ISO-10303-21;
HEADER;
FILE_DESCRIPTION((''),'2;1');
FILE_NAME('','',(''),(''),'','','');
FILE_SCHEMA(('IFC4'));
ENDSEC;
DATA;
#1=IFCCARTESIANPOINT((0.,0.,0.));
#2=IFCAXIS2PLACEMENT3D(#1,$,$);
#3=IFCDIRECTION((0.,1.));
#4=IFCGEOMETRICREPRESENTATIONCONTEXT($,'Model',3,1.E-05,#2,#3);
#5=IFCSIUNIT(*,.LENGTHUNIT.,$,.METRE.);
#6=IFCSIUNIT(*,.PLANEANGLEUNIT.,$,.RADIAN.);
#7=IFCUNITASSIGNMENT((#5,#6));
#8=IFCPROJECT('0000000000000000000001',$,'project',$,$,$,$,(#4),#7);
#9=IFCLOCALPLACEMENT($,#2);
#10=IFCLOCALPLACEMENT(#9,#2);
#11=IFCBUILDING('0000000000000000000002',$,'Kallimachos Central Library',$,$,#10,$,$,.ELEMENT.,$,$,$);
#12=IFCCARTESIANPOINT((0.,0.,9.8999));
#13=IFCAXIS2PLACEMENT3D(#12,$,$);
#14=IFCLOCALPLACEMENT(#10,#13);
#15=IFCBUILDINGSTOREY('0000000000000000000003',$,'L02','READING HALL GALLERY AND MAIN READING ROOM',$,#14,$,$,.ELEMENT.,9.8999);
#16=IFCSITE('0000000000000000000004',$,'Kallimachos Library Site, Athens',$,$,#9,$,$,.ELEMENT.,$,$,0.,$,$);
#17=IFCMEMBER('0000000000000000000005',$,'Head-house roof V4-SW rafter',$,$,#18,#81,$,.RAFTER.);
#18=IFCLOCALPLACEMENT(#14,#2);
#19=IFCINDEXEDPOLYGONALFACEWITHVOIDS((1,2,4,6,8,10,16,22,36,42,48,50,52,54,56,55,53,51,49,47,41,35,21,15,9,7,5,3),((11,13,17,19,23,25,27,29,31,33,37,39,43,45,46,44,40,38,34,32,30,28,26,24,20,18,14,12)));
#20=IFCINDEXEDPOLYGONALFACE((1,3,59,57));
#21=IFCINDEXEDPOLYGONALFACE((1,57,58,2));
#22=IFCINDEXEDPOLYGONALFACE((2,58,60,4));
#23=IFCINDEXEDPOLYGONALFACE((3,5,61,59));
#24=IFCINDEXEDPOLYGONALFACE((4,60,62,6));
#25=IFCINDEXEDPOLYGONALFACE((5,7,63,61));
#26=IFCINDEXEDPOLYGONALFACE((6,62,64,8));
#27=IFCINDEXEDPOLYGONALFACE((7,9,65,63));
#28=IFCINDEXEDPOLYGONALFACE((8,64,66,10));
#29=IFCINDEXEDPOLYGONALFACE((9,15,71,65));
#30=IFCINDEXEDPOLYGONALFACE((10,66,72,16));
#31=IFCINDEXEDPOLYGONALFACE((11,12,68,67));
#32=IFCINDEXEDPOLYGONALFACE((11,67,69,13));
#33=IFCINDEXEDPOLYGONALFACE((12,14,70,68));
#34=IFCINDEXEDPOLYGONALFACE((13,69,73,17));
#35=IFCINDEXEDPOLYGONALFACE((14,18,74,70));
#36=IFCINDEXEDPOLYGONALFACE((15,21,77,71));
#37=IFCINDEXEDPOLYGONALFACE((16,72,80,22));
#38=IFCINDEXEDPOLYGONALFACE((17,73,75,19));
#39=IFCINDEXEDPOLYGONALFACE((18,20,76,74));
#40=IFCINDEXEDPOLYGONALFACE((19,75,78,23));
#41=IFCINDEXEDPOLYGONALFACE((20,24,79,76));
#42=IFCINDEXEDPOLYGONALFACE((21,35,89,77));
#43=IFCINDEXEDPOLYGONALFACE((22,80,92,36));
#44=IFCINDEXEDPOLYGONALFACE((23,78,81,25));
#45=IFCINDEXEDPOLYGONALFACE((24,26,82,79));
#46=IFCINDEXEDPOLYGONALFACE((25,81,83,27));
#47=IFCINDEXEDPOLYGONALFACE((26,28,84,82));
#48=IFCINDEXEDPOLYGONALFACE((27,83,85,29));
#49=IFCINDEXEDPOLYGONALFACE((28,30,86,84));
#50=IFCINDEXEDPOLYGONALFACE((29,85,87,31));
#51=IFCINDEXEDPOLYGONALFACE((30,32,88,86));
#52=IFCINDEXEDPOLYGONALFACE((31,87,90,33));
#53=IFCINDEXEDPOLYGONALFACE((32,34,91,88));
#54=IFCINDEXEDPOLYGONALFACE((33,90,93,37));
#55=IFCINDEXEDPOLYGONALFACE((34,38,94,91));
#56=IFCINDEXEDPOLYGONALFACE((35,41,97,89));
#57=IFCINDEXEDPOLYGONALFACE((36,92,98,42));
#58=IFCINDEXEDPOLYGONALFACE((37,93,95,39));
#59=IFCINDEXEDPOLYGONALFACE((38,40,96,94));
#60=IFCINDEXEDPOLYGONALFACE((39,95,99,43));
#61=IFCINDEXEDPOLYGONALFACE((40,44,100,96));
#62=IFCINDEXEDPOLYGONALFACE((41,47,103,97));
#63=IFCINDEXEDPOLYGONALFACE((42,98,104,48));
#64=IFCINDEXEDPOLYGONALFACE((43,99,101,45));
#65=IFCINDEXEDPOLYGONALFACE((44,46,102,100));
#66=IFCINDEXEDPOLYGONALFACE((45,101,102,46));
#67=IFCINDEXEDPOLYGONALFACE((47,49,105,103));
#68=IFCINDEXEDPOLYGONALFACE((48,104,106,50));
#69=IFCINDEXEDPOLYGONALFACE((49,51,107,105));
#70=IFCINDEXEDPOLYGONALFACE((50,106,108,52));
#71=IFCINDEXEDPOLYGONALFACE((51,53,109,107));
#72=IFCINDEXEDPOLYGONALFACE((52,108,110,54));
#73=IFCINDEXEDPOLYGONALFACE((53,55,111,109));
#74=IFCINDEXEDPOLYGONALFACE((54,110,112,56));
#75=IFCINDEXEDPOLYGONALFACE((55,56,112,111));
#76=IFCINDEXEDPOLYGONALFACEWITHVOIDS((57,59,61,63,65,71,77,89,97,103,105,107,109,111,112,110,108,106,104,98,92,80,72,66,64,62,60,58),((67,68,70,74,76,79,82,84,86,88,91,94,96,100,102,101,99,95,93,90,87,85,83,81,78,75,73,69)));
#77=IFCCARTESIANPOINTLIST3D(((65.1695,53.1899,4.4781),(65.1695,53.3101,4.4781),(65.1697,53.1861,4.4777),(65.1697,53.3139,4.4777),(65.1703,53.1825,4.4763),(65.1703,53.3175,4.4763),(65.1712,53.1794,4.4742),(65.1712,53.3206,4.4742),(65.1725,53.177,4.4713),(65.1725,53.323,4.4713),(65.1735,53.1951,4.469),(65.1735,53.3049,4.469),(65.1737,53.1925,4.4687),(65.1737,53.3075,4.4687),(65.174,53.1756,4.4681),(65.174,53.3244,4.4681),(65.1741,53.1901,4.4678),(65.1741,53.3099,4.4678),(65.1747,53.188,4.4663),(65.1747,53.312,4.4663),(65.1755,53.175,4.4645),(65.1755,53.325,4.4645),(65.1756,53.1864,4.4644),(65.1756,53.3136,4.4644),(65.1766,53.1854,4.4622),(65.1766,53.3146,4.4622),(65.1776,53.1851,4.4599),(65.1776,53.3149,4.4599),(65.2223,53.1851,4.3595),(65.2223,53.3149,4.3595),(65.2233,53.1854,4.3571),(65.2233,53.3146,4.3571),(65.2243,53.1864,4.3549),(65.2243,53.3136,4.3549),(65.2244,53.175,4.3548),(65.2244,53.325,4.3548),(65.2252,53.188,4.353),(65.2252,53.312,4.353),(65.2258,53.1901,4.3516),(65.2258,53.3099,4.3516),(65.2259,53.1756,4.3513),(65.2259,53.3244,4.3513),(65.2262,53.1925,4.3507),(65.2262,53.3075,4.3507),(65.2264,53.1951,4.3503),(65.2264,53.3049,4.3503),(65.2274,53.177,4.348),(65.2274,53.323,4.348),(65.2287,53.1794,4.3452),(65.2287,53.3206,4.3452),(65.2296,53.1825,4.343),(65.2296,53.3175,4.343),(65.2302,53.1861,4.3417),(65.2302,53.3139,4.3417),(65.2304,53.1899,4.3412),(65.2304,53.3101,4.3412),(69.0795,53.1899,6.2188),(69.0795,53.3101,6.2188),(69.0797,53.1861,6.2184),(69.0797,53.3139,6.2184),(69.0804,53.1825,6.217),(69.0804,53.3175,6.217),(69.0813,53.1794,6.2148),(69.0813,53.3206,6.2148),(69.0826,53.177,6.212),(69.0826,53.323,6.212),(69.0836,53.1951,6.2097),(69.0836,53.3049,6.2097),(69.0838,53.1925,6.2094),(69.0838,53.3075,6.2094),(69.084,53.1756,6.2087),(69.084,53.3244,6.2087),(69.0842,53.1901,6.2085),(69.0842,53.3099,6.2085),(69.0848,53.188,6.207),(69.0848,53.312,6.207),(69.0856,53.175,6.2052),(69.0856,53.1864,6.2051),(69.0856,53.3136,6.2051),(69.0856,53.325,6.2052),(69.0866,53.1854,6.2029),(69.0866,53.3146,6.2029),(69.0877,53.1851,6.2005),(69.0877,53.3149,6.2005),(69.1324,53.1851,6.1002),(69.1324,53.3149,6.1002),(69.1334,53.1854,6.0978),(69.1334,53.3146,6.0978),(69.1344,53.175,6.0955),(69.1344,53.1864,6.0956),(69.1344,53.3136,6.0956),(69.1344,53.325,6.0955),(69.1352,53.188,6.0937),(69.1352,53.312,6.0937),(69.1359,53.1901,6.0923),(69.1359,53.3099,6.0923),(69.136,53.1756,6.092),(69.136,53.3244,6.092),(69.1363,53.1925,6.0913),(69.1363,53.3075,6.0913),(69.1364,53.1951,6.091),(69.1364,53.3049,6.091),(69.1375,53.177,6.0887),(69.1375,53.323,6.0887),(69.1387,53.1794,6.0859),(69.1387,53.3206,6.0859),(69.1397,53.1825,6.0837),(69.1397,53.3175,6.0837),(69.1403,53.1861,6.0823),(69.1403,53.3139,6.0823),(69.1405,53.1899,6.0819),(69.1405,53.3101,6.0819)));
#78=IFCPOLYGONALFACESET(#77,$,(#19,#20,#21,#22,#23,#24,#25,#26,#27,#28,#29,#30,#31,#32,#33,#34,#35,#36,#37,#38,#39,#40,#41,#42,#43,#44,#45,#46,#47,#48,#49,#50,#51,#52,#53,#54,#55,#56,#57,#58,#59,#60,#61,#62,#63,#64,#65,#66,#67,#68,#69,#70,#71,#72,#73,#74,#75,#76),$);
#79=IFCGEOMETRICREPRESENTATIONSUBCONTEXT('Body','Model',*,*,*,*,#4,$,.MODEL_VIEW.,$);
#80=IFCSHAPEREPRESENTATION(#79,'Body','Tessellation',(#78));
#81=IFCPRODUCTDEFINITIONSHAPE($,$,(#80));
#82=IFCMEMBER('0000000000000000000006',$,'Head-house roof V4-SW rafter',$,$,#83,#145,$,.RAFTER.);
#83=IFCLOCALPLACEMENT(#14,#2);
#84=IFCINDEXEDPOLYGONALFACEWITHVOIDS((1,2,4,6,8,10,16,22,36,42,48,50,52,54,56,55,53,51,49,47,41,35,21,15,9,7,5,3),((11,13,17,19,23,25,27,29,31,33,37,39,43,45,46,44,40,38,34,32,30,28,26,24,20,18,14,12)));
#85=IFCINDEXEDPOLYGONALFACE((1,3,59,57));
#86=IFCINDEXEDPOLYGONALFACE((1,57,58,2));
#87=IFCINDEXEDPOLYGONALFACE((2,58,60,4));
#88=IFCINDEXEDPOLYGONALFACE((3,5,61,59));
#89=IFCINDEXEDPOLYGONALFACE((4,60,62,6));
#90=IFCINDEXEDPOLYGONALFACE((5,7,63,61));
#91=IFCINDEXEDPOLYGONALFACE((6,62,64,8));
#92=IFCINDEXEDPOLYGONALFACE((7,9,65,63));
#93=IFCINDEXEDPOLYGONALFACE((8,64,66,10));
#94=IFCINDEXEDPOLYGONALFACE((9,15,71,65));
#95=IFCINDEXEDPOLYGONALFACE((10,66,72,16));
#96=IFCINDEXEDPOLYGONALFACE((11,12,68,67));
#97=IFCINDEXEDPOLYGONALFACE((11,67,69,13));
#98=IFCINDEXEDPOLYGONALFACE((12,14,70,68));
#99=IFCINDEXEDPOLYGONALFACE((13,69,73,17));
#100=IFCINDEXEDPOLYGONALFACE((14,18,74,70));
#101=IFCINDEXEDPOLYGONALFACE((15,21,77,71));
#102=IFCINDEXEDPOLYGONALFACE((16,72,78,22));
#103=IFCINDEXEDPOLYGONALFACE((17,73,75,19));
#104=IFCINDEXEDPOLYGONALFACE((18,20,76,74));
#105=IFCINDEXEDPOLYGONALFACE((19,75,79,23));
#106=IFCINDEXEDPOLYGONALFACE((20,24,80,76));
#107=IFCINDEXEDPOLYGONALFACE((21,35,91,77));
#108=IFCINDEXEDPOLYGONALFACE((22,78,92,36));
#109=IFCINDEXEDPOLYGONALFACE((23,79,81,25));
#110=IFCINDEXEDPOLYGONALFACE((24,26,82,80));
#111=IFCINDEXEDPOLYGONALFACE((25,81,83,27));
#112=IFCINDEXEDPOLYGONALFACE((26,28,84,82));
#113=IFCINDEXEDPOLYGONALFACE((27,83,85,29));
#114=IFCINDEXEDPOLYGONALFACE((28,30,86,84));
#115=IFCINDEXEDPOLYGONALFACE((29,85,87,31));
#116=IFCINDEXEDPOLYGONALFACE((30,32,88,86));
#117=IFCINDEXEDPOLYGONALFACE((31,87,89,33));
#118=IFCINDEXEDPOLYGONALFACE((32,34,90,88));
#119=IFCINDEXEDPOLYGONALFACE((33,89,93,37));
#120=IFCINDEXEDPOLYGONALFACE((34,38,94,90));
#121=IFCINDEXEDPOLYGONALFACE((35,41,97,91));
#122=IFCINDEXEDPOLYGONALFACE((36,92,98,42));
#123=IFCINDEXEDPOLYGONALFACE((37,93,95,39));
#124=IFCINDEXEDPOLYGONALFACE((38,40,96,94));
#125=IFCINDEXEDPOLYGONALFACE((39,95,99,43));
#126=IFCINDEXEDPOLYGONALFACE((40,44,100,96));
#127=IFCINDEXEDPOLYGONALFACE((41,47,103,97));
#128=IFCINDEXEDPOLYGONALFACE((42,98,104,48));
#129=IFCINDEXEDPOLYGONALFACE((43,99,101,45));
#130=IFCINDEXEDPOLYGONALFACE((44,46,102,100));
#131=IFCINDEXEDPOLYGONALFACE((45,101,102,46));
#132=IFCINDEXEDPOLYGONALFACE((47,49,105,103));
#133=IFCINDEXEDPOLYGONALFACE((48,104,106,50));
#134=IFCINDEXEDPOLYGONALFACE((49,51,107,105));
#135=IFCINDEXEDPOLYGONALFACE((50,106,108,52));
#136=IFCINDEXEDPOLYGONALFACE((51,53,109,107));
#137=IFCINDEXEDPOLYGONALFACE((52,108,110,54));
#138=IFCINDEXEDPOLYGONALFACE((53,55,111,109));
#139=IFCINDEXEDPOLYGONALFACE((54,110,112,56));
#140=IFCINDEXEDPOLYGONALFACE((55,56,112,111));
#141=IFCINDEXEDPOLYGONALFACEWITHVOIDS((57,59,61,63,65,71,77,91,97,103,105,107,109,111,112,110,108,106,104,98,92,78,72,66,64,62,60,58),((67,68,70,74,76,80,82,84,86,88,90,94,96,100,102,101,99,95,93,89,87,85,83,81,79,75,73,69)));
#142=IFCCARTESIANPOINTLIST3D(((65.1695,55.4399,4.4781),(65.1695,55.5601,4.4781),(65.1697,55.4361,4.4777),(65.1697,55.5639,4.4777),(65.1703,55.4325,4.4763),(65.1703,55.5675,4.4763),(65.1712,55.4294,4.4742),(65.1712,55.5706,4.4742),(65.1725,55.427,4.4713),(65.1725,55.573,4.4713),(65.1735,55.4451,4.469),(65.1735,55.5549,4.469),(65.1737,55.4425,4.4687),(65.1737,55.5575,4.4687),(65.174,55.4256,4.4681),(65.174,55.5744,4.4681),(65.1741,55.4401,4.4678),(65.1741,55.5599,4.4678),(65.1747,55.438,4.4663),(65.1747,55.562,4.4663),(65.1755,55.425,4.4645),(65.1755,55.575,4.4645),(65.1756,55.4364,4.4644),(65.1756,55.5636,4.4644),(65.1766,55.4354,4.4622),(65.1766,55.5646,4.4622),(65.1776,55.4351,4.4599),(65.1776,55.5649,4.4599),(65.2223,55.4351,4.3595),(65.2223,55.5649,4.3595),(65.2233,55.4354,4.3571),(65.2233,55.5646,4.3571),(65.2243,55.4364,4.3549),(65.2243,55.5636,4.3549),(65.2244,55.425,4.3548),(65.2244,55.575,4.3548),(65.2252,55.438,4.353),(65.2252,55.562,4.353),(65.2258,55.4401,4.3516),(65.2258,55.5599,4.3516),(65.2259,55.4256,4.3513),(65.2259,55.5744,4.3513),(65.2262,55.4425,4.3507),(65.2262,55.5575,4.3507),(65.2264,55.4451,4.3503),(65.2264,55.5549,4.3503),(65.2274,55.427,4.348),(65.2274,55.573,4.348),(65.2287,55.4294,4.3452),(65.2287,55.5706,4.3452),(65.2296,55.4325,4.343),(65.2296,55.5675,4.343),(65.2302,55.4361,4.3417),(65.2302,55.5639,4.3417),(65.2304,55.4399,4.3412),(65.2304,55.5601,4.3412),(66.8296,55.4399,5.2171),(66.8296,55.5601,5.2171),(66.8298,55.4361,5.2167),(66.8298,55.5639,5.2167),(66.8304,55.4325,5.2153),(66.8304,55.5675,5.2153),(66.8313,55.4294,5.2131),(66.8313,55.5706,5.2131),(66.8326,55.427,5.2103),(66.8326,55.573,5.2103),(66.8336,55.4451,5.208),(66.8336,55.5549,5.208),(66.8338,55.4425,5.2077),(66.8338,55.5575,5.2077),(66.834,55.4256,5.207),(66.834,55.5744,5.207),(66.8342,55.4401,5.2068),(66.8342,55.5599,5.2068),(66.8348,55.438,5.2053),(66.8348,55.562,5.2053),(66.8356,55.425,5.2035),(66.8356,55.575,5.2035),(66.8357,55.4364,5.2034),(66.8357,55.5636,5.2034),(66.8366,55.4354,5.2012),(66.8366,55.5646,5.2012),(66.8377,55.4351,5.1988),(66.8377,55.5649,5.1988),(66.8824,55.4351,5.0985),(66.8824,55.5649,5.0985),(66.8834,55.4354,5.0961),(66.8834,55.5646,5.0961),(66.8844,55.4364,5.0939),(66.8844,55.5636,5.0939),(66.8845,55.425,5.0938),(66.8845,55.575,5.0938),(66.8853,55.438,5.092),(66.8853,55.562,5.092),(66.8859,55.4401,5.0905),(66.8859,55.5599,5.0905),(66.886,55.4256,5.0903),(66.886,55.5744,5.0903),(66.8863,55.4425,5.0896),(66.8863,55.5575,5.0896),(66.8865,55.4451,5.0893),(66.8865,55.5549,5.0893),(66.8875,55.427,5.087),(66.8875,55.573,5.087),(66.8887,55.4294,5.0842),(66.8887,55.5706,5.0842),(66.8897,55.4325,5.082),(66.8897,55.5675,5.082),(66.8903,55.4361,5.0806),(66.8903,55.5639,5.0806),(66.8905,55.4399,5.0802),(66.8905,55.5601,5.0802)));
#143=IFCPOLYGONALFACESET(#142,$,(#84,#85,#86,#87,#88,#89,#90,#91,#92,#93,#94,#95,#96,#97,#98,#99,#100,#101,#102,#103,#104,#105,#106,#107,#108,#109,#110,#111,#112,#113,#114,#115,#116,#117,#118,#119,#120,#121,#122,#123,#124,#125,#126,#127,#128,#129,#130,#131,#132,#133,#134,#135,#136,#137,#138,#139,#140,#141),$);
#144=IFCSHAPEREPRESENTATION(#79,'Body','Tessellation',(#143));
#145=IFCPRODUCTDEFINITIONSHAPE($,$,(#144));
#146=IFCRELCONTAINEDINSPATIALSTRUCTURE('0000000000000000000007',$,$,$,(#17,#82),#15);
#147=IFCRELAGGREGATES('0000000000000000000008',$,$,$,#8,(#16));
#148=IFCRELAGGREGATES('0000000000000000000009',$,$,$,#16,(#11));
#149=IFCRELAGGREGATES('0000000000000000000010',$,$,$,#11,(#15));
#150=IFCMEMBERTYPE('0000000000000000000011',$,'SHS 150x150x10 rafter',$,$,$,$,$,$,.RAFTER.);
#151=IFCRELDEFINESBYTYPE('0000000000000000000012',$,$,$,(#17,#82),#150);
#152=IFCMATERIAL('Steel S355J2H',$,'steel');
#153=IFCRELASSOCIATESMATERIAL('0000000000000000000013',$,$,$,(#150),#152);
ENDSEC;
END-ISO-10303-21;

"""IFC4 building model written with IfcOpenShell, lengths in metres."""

from ifc_helpers import new_model, si_unit, direction, frame, origin, origin_2d, place, context, subcontext, project, spatial, hollow_rectangle, extrude, material, material_profile, profile_set, type_object, element, save


model = new_model("IFC4")

# Units and contexts
model_context = context("Model", 3, precision=1e-05, world=origin(), true_north=direction((0.0, 1.0)))
body_context = subcontext(model_context, "Body", "Model", "MODEL_VIEW")
ifc_project = project(units=[si_unit("LENGTHUNIT", "METRE"), si_unit("PLANEANGLEUNIT", "RADIAN")], contexts=[model_context])

# Site, building, storey
site_placement = place(None, origin())
site = spatial("IfcSite", under=ifc_project, at=site_placement, Name="Kallimachos Library Site, Athens", CompositionType="ELEMENT", RefElevation=0.0)
building_placement = place(site_placement, origin())
building = spatial("IfcBuilding", under=site, at=building_placement, Name="Kallimachos Central Library", CompositionType="ELEMENT")
storey_placement = place(building_placement, frame((0.0, 0.0, 9.8999)))
storey = spatial("IfcBuildingStorey", under=building, at=storey_placement, Name="L02", Description="READING HALL GALLERY AND MAIN READING ROOM", CompositionType="ELEMENT", Elevation=9.8999)

# Members
ifc_material_1 = material(Name="Steel S355J2H", Category="steel")
ifc_material_profile_1 = material_profile(ifc_material_1, hollow_rectangle(XDim=0.1499, YDim=0.1499, WallThickness=0.01, InnerFilletRadius=0.01, OuterFilletRadius=0.0149, at=origin_2d()), Name="SHS 150x150x10")
ifc_profile_set_1 = profile_set([ifc_material_profile_1], Name="Steel S355J2H")
member_type_1 = type_object("IfcMemberType", Name="SHS 150x150x10 rafter", PredefinedType="RAFTER", material=ifc_profile_set_1)
member_1_placement = place(storey_placement, frame((65.2, 53.25, 4.4097), z_axis=(0.913562, 0.0, 0.406699), x_axis=(0.0, 1.0, 0.0)))
element("IfcMember", 1, at=member_1_placement, inside=storey, type_object=member_type_1, Name="Head-house roof V4-SW rafter", PredefinedType="RAFTER", context=body_context, shape_type="SweptSolid", body=[
    extrude(hollow_rectangle(XDim=0.1499, YDim=0.1499, WallThickness=0.01, InnerFilletRadius=0.01, OuterFilletRadius=0.0149, at=origin_2d()), origin(), (0.0, 0.0, 1.0), 4.28),
])
member_2_placement = place(storey_placement, frame((65.2, 55.5, 4.4097), z_axis=(0.913573, 0.0, 0.406674), x_axis=(0.0, 1.0, 0.0)))
element("IfcMember", 2, at=member_2_placement, inside=storey, type_object=member_type_1, Name="Head-house roof V4-SW rafter", PredefinedType="RAFTER", context=body_context, shape_type="SweptSolid", body=[
    extrude(hollow_rectangle(XDim=0.1499, YDim=0.1499, WallThickness=0.01, InnerFilletRadius=0.01, OuterFilletRadius=0.0149, at=origin_2d()), origin(), (0.0, 0.0, 1.0), 1.8171),
])

save(model, "model.ifc")
